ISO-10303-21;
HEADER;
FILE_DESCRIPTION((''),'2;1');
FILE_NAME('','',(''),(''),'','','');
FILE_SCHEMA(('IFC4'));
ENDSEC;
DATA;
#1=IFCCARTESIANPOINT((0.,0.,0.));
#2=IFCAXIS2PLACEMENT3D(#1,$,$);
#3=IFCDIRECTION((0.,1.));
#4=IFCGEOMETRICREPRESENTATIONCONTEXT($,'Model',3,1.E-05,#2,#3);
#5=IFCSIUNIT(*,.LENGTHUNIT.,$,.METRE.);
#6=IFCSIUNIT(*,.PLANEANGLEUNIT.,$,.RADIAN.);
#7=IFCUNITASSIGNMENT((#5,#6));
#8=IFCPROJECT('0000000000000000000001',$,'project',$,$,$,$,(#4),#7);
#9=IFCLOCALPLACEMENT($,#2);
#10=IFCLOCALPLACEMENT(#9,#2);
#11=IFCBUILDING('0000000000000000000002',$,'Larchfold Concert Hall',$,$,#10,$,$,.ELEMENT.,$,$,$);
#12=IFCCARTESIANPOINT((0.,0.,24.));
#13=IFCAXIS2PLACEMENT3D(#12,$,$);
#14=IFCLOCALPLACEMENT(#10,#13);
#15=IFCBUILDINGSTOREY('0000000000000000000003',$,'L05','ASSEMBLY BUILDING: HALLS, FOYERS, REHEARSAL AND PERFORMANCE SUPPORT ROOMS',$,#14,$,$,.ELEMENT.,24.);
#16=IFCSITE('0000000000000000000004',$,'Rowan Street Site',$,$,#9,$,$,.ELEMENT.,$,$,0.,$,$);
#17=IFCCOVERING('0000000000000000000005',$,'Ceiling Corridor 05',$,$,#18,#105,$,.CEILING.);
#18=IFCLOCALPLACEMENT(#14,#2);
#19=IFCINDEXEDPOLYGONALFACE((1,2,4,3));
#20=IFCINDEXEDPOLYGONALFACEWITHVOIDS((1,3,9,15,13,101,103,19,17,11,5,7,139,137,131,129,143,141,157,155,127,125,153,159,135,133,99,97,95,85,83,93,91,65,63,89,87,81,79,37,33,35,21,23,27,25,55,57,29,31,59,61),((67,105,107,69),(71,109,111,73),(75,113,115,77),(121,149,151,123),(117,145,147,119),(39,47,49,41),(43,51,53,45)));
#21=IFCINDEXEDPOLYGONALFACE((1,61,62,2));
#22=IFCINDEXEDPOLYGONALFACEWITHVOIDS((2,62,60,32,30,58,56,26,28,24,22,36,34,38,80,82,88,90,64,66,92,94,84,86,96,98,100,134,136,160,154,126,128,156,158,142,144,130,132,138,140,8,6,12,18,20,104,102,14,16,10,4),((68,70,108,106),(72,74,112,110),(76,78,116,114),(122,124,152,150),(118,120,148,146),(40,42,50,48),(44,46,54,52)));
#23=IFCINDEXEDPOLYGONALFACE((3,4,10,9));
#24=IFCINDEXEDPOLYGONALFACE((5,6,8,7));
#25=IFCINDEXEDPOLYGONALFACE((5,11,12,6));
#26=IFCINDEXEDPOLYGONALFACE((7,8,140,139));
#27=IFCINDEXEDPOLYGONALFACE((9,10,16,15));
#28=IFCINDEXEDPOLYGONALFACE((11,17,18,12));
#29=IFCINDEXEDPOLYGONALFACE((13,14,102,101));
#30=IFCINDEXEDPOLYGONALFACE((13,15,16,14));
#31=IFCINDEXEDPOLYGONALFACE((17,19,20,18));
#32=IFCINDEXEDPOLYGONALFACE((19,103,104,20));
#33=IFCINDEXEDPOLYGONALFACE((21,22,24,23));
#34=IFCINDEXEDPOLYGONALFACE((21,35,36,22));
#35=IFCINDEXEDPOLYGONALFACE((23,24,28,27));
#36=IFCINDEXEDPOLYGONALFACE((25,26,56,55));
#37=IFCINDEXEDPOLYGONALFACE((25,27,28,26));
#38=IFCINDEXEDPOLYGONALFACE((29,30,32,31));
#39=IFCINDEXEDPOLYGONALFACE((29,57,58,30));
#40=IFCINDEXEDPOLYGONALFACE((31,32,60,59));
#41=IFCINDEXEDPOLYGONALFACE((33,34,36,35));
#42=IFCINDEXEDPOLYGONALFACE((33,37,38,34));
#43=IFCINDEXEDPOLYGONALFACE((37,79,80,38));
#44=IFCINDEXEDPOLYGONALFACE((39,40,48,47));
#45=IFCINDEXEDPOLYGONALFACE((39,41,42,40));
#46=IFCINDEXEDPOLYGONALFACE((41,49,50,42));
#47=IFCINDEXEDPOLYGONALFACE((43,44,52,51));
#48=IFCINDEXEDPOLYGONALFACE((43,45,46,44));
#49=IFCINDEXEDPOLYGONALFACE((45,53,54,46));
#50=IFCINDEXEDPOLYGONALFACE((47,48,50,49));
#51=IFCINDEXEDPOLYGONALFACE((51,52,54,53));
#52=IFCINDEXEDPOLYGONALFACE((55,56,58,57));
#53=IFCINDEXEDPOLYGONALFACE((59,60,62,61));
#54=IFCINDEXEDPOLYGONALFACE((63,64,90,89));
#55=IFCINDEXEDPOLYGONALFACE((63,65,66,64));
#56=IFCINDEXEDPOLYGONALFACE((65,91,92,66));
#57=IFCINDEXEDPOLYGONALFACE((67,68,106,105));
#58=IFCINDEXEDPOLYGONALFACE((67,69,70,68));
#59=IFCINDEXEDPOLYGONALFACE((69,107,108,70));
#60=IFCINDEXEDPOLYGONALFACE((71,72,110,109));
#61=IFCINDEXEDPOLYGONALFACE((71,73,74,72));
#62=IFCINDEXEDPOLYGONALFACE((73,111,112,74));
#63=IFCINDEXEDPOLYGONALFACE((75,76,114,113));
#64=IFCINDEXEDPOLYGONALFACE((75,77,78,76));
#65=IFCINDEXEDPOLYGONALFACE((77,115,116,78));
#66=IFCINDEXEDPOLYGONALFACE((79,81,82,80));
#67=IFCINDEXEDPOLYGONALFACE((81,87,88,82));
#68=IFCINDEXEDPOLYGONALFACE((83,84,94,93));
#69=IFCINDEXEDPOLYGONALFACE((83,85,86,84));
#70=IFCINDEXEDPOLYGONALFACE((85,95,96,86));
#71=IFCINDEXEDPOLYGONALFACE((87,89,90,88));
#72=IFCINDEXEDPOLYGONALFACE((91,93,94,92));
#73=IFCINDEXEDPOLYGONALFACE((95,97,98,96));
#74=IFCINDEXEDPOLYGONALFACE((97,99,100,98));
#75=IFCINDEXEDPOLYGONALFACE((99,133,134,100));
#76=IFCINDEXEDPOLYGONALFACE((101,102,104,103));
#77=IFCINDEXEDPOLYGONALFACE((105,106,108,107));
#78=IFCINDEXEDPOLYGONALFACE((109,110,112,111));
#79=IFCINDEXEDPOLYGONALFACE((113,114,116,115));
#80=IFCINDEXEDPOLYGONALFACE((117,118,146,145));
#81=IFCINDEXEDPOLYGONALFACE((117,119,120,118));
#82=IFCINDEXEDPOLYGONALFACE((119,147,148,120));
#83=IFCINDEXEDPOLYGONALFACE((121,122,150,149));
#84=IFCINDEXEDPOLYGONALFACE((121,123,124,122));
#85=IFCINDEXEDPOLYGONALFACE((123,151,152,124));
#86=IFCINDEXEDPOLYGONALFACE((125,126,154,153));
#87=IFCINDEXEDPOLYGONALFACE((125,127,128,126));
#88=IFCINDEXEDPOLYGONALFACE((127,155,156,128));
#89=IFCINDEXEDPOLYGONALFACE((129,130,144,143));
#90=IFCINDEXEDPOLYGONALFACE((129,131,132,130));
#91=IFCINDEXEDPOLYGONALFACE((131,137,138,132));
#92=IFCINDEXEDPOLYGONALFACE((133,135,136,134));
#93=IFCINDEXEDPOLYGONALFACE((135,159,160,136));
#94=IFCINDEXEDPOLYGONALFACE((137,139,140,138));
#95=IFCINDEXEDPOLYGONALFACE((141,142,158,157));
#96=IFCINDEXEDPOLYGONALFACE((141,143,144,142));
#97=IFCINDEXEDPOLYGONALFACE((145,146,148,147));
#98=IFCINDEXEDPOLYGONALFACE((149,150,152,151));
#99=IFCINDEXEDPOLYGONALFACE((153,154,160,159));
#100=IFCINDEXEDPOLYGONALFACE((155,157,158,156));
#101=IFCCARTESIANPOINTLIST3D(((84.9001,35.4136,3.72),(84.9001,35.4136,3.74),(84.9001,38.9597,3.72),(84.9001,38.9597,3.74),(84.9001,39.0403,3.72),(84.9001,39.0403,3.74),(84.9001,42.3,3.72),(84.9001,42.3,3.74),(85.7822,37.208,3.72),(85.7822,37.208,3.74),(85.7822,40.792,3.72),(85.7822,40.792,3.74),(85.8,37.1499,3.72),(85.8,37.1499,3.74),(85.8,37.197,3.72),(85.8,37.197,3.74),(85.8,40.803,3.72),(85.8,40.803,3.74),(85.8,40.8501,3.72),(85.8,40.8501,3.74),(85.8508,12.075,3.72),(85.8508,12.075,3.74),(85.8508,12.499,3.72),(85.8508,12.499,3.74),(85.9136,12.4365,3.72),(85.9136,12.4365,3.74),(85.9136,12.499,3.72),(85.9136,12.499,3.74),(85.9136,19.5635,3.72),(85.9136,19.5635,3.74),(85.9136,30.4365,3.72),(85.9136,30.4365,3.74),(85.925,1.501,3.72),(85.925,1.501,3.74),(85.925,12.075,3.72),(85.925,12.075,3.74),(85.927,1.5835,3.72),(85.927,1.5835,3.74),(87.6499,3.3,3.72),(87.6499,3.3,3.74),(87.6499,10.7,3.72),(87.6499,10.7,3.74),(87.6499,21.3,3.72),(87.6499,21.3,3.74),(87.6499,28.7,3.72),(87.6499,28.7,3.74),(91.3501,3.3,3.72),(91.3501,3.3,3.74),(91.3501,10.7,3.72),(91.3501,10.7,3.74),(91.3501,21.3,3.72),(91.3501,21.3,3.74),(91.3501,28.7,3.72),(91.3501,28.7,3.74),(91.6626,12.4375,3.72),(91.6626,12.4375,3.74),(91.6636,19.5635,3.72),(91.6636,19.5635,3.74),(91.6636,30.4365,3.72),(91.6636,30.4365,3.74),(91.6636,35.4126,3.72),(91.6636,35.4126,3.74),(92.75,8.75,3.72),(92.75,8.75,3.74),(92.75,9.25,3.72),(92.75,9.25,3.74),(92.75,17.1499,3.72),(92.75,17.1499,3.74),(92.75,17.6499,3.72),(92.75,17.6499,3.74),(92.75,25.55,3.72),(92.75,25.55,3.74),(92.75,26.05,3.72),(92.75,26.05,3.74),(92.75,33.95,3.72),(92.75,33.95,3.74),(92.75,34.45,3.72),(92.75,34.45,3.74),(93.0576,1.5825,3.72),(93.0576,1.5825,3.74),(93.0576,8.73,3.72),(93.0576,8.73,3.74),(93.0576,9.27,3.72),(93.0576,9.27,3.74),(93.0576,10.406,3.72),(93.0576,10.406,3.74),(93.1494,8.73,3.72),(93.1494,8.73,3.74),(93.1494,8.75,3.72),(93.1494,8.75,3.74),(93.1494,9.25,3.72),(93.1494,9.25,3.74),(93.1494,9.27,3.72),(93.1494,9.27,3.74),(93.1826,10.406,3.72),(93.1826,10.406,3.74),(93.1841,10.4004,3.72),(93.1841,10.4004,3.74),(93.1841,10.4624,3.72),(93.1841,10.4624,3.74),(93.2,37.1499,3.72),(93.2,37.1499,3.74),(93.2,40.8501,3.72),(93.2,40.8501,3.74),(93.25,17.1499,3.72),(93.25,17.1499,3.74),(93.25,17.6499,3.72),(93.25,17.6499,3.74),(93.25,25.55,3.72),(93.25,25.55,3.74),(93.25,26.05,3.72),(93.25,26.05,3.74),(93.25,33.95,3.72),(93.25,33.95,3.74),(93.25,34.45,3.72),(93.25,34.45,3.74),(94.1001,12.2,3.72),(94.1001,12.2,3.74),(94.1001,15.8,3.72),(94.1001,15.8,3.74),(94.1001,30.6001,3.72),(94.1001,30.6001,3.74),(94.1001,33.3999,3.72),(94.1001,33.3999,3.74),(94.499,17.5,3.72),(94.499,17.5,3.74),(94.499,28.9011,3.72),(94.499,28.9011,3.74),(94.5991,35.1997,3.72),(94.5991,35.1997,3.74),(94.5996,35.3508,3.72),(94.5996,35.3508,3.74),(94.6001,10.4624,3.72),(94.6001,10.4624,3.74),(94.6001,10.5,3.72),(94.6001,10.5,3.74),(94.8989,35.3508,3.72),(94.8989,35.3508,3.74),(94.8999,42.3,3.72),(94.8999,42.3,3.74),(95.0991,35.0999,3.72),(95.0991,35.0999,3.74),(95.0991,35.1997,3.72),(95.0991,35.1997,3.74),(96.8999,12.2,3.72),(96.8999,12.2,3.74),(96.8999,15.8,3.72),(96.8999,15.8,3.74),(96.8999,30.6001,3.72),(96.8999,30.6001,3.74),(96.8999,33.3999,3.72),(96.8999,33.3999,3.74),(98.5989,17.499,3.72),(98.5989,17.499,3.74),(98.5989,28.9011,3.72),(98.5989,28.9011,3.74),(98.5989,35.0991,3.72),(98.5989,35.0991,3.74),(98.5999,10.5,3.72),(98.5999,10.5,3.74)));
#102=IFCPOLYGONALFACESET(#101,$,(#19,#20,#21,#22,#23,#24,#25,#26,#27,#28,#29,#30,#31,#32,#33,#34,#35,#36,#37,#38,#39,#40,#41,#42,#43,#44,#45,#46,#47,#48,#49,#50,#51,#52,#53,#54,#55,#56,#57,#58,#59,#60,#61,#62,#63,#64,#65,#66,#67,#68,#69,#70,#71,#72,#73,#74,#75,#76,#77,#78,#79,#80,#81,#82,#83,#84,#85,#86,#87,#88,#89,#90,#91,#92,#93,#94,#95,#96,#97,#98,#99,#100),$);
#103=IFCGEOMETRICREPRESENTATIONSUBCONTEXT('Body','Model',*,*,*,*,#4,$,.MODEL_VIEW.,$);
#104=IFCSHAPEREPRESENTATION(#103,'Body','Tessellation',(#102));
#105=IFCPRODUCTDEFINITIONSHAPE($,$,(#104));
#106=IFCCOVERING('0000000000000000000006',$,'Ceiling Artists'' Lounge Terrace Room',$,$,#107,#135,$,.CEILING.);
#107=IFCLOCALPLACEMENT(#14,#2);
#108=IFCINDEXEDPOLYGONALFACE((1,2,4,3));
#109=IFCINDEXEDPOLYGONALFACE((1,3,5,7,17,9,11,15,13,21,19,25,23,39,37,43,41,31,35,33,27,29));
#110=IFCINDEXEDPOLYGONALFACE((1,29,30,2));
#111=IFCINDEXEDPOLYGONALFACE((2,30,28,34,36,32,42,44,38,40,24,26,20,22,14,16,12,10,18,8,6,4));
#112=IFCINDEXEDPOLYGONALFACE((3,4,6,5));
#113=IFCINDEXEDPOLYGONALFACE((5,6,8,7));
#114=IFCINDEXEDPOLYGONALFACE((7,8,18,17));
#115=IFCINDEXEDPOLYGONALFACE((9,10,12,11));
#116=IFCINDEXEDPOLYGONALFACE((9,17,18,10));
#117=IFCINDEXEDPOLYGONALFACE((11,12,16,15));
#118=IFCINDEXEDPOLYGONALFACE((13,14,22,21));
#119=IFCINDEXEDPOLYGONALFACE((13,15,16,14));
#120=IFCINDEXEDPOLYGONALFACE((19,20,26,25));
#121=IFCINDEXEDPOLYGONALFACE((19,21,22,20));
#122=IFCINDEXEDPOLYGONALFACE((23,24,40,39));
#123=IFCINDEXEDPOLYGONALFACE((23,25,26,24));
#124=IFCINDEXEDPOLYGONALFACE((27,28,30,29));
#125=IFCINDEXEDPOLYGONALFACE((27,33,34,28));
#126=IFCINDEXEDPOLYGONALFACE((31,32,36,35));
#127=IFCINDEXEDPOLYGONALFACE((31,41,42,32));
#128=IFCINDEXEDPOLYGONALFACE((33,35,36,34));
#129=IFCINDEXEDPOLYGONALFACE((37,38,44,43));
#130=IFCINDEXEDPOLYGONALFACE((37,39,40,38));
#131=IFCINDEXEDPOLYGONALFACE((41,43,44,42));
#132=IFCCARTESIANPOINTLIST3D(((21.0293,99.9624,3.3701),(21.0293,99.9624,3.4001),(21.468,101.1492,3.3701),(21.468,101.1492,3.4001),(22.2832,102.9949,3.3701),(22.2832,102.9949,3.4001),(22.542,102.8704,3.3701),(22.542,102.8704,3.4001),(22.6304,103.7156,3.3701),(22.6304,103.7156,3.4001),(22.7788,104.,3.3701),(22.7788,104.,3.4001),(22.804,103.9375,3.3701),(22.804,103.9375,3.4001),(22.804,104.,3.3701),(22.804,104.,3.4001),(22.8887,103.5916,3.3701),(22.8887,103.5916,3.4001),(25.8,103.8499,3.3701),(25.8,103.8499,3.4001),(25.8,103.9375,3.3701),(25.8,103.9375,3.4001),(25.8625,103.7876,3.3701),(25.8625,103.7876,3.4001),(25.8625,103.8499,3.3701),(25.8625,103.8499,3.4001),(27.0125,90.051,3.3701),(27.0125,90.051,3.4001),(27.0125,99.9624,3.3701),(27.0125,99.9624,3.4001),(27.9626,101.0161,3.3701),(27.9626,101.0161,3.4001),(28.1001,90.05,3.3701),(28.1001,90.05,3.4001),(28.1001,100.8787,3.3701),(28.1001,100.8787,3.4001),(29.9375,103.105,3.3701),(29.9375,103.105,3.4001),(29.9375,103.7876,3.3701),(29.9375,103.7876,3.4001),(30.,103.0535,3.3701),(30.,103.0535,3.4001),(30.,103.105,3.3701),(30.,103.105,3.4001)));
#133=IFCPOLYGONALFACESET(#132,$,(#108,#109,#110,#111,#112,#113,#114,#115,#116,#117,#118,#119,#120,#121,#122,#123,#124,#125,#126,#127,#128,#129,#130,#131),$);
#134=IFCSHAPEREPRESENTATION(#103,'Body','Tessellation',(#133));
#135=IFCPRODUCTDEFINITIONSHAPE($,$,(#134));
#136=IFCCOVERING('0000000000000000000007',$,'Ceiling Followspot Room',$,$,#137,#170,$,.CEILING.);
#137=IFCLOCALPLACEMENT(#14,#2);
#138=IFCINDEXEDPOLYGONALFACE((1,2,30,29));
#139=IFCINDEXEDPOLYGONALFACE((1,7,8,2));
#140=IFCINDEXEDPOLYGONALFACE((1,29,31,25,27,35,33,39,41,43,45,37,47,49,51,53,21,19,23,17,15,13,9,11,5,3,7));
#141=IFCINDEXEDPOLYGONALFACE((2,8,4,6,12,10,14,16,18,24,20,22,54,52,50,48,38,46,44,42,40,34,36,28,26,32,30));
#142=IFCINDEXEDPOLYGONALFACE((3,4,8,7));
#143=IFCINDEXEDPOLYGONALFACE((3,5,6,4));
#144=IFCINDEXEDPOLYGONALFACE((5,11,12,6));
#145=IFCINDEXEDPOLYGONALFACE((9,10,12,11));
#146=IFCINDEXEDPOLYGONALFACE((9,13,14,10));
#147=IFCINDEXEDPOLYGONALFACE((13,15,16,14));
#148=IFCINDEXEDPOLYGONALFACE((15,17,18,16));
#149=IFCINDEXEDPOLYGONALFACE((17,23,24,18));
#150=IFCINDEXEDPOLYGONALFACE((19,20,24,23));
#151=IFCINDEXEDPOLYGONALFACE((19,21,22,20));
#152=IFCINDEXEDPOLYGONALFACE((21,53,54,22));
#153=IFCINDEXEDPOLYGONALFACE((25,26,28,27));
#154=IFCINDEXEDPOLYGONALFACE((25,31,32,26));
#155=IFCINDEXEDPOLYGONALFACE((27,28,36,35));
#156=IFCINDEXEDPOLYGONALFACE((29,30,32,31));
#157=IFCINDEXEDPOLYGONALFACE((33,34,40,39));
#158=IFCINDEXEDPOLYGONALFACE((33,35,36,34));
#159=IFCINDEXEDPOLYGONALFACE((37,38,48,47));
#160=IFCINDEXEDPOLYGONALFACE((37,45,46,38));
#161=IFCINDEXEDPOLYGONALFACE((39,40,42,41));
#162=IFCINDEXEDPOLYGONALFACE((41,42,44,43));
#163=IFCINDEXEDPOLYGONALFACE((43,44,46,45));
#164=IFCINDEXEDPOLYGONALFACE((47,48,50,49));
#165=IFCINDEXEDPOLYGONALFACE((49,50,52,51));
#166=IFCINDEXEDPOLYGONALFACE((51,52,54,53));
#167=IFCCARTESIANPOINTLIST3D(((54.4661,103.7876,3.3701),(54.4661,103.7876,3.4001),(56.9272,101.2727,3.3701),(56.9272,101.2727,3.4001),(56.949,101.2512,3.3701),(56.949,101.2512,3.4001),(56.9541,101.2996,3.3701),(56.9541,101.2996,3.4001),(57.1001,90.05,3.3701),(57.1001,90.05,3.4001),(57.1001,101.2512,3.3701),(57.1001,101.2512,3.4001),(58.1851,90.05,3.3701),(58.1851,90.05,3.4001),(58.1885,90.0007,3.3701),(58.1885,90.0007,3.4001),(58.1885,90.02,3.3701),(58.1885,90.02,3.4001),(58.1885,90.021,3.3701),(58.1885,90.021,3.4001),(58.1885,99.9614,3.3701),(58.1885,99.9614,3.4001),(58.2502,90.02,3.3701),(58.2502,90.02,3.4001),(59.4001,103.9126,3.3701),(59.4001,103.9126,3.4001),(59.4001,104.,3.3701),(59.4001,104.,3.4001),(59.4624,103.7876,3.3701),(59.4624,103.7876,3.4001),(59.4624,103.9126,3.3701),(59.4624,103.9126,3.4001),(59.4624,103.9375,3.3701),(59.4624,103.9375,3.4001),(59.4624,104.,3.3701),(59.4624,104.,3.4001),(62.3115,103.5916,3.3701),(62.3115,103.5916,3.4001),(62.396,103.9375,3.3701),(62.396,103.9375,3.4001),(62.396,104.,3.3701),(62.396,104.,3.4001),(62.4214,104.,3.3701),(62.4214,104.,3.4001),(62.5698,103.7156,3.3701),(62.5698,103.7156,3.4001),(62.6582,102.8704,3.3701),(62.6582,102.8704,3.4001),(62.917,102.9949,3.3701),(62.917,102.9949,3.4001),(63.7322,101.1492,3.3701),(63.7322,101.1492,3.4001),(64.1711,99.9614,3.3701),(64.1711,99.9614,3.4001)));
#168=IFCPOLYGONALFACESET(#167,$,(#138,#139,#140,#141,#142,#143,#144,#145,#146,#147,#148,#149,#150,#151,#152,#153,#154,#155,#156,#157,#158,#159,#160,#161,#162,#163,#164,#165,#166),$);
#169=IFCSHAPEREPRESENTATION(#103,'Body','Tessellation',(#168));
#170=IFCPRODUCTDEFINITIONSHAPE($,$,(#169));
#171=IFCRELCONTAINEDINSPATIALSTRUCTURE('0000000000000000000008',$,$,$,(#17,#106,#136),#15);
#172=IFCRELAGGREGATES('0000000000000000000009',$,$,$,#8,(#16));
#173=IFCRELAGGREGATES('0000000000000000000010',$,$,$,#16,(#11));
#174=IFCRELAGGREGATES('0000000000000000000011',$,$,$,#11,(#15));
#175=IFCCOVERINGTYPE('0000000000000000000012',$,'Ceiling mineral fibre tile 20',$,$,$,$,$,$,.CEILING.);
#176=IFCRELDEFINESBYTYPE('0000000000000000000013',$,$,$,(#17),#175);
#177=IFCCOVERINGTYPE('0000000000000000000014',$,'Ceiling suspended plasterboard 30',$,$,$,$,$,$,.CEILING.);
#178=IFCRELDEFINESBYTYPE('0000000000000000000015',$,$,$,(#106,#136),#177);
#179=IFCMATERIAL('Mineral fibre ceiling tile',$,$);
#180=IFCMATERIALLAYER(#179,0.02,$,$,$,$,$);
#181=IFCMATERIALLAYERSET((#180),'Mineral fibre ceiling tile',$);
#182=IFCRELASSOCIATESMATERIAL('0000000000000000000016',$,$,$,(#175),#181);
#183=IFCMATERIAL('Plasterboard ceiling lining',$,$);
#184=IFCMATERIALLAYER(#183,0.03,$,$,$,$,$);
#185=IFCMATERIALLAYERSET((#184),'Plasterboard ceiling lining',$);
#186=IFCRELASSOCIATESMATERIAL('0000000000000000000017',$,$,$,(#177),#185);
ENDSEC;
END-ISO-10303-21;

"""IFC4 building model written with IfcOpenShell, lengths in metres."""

from ifc_helpers import new_model, si_unit, direction, frame, origin, place, context, subcontext, project, spatial, polyline, outline, extrude, material, layer, layer_set, type_object, element, save


model = new_model("IFC4")

# Units and contexts
model_context = context("Model", 3, precision=1e-05, world=origin(), true_north=direction((0.0, 1.0)))
body_context = subcontext(model_context, "Body", "Model", "MODEL_VIEW")
ifc_project = project(units=[si_unit("LENGTHUNIT", "METRE"), si_unit("PLANEANGLEUNIT", "RADIAN")], contexts=[model_context])

# Site, building, storey
site_placement = place(None, origin())
site = spatial("IfcSite", under=ifc_project, at=site_placement, Name="Rowan Street Site", CompositionType="ELEMENT", RefElevation=0.0)
building_placement = place(site_placement, origin())
building = spatial("IfcBuilding", under=site, at=building_placement, Name="Larchfold Concert Hall", CompositionType="ELEMENT")
storey_placement = place(building_placement, frame((0.0, 0.0, 24.0)))
storey = spatial("IfcBuildingStorey", under=building, at=storey_placement, Name="L05", Description="ASSEMBLY BUILDING: HALLS, FOYERS, REHEARSAL AND PERFORMANCE SUPPORT ROOMS", CompositionType="ELEMENT", Elevation=24.0)

# Coverings
ifc_material_1 = material(Name="Mineral fibre ceiling tile")
ifc_layer_1 = layer(ifc_material_1, 0.02)
ifc_layer_set_1 = layer_set([ifc_layer_1], Name="Mineral fibre ceiling tile")
covering_type_1 = type_object("IfcCoveringType", Name="Ceiling mineral fibre tile 20", PredefinedType="CEILING", material=ifc_layer_set_1)
covering_1_placement = place(storey_placement, frame((0.0, 0.0, 3.72)))
element("IfcCovering", 1, at=covering_1_placement, inside=storey, type_object=covering_type_1, Name="Ceiling Corridor 05", PredefinedType="CEILING", context=body_context, shape_type="SweptSolid", body=[
    extrude(outline(polyline([(85.7822, 37.208), (84.9001, 38.9597), (84.9001, 35.4136), (91.6636, 35.4126), (91.6636, 30.4365), (85.9136, 30.4365), (85.9136, 19.5635), (91.6636, 19.5635), (91.6626, 12.4375), (85.9136, 12.4365), (85.9136, 12.499), (85.8508, 12.499), (85.8508, 12.075), (85.925, 12.075), (85.925, 1.501), (85.927, 1.5835), (93.0576, 1.5825), (93.0576, 8.73), (93.1494, 8.73), (93.1494, 8.75), (92.75, 8.75), (92.75, 9.25), (93.1494, 9.25), (93.1494, 9.27), (93.0576, 9.27), (93.0576, 10.406), (93.1826, 10.406), (93.1841, 10.4004), (93.1841, 10.4624), (94.6001, 10.4624), (94.6001, 10.5), (98.5999, 10.5), (98.5989, 17.499), (94.499, 17.5), (94.499, 28.9011), (98.5989, 28.9011), (98.5989, 35.0991), (95.0991, 35.0999), (95.0991, 35.1997), (94.5991, 35.1997), (94.5996, 35.3508), (94.8989, 35.3508), (94.8999, 42.3), (84.9001, 42.3), (84.9001, 39.0403), (85.7822, 40.792), (85.8, 40.803), (85.8, 40.8501), (93.2, 40.8501), (93.2, 37.1499), (85.8, 37.1499), (85.8, 37.197), (85.7822, 37.208)]), holes=[polyline([(94.1001, 12.2), (94.1001, 15.8), (96.8999, 15.8), (96.8999, 12.2), (94.1001, 12.2)]), polyline([(94.1001, 30.6001), (94.1001, 33.3999), (96.8999, 33.3999), (96.8999, 30.6001), (94.1001, 30.6001)]), polyline([(92.75, 25.55), (92.75, 26.05), (93.25, 26.05), (93.25, 25.55), (92.75, 25.55)]), polyline([(92.75, 33.95), (92.75, 34.45), (93.25, 34.45), (93.25, 33.95), (92.75, 33.95)]), polyline([(93.25, 17.1499), (92.75, 17.1499), (92.75, 17.6499), (93.25, 17.6499), (93.25, 17.1499)]), polyline([(91.3501, 3.3), (87.6499, 3.3), (87.6499, 10.7), (91.3501, 10.7), (91.3501, 3.3)]), polyline([(91.3501, 21.3), (87.6499, 21.3), (87.6499, 28.7), (91.3501, 28.7), (91.3501, 21.3)])]), origin(), (0.0, 0.0, 1.0), 0.02),
])
ifc_material_2 = material(Name="Plasterboard ceiling lining")
ifc_layer_2 = layer(ifc_material_2, 0.03)
ifc_layer_set_2 = layer_set([ifc_layer_2], Name="Plasterboard ceiling lining")
covering_type_2 = type_object("IfcCoveringType", Name="Ceiling suspended plasterboard 30", PredefinedType="CEILING", material=ifc_layer_set_2)
covering_2_placement = place(storey_placement, frame((0.0, 0.0, 3.3701)))
element("IfcCovering", 2, at=covering_2_placement, inside=storey, type_object=covering_type_2, Name="Ceiling Artists' Lounge Terrace Room", PredefinedType="CEILING", context=body_context, shape_type="SweptSolid", body=[
    extrude(outline(polyline([(26.9497, 90.051), (28.1001, 90.05), (28.1001, 100.8787), (27.9626, 101.0161), (30.0, 103.0535), (30.0, 103.105), (29.9375, 103.105), (29.9375, 103.7876), (25.8625, 103.7876), (25.8625, 103.8499), (25.8, 103.8499), (25.8, 103.9375), (22.804, 103.9375), (22.804, 104.0), (22.7788, 104.0), (22.6304, 103.7156), (22.8887, 103.5916), (22.542, 102.8704), (22.2832, 102.9949), (21.468, 101.1492), (21.0293, 99.9624), (27.0125, 99.9624), (27.0125, 90.051), (26.9497, 90.051)])), origin(), (0.0, 0.0, 1.0), 0.03),
])
covering_3_placement = place(storey_placement, frame((0.0, 0.0, 3.3701)))
element("IfcCovering", 3, at=covering_3_placement, inside=storey, type_object=covering_type_2, Name="Ceiling Followspot Room", PredefinedType="CEILING", context=body_context, shape_type="SweptSolid", body=[
    extrude(outline(polyline([(57.1001, 90.05), (58.1851, 90.05), (58.1885, 90.0007), (58.1885, 90.02), (58.2502, 90.02), (58.1885, 90.021), (58.1885, 99.9614), (64.1711, 99.9614), (63.7322, 101.1492), (62.917, 102.9949), (62.6582, 102.8704), (62.3115, 103.5916), (62.5698, 103.7156), (62.4214, 104.0), (62.396, 104.0), (62.396, 103.9375), (59.4624, 103.9375), (59.4624, 104.0), (59.4001, 104.0), (59.4001, 103.9126), (59.4624, 103.9126), (59.4624, 103.7876), (54.4661, 103.7876), (56.9541, 101.2996), (56.9272, 101.2727), (56.949, 101.2512), (57.1001, 101.2512), (57.1001, 90.05)])), origin(), (0.0, 0.0, 1.0), 0.03),
])

save(model, "model.ifc")
